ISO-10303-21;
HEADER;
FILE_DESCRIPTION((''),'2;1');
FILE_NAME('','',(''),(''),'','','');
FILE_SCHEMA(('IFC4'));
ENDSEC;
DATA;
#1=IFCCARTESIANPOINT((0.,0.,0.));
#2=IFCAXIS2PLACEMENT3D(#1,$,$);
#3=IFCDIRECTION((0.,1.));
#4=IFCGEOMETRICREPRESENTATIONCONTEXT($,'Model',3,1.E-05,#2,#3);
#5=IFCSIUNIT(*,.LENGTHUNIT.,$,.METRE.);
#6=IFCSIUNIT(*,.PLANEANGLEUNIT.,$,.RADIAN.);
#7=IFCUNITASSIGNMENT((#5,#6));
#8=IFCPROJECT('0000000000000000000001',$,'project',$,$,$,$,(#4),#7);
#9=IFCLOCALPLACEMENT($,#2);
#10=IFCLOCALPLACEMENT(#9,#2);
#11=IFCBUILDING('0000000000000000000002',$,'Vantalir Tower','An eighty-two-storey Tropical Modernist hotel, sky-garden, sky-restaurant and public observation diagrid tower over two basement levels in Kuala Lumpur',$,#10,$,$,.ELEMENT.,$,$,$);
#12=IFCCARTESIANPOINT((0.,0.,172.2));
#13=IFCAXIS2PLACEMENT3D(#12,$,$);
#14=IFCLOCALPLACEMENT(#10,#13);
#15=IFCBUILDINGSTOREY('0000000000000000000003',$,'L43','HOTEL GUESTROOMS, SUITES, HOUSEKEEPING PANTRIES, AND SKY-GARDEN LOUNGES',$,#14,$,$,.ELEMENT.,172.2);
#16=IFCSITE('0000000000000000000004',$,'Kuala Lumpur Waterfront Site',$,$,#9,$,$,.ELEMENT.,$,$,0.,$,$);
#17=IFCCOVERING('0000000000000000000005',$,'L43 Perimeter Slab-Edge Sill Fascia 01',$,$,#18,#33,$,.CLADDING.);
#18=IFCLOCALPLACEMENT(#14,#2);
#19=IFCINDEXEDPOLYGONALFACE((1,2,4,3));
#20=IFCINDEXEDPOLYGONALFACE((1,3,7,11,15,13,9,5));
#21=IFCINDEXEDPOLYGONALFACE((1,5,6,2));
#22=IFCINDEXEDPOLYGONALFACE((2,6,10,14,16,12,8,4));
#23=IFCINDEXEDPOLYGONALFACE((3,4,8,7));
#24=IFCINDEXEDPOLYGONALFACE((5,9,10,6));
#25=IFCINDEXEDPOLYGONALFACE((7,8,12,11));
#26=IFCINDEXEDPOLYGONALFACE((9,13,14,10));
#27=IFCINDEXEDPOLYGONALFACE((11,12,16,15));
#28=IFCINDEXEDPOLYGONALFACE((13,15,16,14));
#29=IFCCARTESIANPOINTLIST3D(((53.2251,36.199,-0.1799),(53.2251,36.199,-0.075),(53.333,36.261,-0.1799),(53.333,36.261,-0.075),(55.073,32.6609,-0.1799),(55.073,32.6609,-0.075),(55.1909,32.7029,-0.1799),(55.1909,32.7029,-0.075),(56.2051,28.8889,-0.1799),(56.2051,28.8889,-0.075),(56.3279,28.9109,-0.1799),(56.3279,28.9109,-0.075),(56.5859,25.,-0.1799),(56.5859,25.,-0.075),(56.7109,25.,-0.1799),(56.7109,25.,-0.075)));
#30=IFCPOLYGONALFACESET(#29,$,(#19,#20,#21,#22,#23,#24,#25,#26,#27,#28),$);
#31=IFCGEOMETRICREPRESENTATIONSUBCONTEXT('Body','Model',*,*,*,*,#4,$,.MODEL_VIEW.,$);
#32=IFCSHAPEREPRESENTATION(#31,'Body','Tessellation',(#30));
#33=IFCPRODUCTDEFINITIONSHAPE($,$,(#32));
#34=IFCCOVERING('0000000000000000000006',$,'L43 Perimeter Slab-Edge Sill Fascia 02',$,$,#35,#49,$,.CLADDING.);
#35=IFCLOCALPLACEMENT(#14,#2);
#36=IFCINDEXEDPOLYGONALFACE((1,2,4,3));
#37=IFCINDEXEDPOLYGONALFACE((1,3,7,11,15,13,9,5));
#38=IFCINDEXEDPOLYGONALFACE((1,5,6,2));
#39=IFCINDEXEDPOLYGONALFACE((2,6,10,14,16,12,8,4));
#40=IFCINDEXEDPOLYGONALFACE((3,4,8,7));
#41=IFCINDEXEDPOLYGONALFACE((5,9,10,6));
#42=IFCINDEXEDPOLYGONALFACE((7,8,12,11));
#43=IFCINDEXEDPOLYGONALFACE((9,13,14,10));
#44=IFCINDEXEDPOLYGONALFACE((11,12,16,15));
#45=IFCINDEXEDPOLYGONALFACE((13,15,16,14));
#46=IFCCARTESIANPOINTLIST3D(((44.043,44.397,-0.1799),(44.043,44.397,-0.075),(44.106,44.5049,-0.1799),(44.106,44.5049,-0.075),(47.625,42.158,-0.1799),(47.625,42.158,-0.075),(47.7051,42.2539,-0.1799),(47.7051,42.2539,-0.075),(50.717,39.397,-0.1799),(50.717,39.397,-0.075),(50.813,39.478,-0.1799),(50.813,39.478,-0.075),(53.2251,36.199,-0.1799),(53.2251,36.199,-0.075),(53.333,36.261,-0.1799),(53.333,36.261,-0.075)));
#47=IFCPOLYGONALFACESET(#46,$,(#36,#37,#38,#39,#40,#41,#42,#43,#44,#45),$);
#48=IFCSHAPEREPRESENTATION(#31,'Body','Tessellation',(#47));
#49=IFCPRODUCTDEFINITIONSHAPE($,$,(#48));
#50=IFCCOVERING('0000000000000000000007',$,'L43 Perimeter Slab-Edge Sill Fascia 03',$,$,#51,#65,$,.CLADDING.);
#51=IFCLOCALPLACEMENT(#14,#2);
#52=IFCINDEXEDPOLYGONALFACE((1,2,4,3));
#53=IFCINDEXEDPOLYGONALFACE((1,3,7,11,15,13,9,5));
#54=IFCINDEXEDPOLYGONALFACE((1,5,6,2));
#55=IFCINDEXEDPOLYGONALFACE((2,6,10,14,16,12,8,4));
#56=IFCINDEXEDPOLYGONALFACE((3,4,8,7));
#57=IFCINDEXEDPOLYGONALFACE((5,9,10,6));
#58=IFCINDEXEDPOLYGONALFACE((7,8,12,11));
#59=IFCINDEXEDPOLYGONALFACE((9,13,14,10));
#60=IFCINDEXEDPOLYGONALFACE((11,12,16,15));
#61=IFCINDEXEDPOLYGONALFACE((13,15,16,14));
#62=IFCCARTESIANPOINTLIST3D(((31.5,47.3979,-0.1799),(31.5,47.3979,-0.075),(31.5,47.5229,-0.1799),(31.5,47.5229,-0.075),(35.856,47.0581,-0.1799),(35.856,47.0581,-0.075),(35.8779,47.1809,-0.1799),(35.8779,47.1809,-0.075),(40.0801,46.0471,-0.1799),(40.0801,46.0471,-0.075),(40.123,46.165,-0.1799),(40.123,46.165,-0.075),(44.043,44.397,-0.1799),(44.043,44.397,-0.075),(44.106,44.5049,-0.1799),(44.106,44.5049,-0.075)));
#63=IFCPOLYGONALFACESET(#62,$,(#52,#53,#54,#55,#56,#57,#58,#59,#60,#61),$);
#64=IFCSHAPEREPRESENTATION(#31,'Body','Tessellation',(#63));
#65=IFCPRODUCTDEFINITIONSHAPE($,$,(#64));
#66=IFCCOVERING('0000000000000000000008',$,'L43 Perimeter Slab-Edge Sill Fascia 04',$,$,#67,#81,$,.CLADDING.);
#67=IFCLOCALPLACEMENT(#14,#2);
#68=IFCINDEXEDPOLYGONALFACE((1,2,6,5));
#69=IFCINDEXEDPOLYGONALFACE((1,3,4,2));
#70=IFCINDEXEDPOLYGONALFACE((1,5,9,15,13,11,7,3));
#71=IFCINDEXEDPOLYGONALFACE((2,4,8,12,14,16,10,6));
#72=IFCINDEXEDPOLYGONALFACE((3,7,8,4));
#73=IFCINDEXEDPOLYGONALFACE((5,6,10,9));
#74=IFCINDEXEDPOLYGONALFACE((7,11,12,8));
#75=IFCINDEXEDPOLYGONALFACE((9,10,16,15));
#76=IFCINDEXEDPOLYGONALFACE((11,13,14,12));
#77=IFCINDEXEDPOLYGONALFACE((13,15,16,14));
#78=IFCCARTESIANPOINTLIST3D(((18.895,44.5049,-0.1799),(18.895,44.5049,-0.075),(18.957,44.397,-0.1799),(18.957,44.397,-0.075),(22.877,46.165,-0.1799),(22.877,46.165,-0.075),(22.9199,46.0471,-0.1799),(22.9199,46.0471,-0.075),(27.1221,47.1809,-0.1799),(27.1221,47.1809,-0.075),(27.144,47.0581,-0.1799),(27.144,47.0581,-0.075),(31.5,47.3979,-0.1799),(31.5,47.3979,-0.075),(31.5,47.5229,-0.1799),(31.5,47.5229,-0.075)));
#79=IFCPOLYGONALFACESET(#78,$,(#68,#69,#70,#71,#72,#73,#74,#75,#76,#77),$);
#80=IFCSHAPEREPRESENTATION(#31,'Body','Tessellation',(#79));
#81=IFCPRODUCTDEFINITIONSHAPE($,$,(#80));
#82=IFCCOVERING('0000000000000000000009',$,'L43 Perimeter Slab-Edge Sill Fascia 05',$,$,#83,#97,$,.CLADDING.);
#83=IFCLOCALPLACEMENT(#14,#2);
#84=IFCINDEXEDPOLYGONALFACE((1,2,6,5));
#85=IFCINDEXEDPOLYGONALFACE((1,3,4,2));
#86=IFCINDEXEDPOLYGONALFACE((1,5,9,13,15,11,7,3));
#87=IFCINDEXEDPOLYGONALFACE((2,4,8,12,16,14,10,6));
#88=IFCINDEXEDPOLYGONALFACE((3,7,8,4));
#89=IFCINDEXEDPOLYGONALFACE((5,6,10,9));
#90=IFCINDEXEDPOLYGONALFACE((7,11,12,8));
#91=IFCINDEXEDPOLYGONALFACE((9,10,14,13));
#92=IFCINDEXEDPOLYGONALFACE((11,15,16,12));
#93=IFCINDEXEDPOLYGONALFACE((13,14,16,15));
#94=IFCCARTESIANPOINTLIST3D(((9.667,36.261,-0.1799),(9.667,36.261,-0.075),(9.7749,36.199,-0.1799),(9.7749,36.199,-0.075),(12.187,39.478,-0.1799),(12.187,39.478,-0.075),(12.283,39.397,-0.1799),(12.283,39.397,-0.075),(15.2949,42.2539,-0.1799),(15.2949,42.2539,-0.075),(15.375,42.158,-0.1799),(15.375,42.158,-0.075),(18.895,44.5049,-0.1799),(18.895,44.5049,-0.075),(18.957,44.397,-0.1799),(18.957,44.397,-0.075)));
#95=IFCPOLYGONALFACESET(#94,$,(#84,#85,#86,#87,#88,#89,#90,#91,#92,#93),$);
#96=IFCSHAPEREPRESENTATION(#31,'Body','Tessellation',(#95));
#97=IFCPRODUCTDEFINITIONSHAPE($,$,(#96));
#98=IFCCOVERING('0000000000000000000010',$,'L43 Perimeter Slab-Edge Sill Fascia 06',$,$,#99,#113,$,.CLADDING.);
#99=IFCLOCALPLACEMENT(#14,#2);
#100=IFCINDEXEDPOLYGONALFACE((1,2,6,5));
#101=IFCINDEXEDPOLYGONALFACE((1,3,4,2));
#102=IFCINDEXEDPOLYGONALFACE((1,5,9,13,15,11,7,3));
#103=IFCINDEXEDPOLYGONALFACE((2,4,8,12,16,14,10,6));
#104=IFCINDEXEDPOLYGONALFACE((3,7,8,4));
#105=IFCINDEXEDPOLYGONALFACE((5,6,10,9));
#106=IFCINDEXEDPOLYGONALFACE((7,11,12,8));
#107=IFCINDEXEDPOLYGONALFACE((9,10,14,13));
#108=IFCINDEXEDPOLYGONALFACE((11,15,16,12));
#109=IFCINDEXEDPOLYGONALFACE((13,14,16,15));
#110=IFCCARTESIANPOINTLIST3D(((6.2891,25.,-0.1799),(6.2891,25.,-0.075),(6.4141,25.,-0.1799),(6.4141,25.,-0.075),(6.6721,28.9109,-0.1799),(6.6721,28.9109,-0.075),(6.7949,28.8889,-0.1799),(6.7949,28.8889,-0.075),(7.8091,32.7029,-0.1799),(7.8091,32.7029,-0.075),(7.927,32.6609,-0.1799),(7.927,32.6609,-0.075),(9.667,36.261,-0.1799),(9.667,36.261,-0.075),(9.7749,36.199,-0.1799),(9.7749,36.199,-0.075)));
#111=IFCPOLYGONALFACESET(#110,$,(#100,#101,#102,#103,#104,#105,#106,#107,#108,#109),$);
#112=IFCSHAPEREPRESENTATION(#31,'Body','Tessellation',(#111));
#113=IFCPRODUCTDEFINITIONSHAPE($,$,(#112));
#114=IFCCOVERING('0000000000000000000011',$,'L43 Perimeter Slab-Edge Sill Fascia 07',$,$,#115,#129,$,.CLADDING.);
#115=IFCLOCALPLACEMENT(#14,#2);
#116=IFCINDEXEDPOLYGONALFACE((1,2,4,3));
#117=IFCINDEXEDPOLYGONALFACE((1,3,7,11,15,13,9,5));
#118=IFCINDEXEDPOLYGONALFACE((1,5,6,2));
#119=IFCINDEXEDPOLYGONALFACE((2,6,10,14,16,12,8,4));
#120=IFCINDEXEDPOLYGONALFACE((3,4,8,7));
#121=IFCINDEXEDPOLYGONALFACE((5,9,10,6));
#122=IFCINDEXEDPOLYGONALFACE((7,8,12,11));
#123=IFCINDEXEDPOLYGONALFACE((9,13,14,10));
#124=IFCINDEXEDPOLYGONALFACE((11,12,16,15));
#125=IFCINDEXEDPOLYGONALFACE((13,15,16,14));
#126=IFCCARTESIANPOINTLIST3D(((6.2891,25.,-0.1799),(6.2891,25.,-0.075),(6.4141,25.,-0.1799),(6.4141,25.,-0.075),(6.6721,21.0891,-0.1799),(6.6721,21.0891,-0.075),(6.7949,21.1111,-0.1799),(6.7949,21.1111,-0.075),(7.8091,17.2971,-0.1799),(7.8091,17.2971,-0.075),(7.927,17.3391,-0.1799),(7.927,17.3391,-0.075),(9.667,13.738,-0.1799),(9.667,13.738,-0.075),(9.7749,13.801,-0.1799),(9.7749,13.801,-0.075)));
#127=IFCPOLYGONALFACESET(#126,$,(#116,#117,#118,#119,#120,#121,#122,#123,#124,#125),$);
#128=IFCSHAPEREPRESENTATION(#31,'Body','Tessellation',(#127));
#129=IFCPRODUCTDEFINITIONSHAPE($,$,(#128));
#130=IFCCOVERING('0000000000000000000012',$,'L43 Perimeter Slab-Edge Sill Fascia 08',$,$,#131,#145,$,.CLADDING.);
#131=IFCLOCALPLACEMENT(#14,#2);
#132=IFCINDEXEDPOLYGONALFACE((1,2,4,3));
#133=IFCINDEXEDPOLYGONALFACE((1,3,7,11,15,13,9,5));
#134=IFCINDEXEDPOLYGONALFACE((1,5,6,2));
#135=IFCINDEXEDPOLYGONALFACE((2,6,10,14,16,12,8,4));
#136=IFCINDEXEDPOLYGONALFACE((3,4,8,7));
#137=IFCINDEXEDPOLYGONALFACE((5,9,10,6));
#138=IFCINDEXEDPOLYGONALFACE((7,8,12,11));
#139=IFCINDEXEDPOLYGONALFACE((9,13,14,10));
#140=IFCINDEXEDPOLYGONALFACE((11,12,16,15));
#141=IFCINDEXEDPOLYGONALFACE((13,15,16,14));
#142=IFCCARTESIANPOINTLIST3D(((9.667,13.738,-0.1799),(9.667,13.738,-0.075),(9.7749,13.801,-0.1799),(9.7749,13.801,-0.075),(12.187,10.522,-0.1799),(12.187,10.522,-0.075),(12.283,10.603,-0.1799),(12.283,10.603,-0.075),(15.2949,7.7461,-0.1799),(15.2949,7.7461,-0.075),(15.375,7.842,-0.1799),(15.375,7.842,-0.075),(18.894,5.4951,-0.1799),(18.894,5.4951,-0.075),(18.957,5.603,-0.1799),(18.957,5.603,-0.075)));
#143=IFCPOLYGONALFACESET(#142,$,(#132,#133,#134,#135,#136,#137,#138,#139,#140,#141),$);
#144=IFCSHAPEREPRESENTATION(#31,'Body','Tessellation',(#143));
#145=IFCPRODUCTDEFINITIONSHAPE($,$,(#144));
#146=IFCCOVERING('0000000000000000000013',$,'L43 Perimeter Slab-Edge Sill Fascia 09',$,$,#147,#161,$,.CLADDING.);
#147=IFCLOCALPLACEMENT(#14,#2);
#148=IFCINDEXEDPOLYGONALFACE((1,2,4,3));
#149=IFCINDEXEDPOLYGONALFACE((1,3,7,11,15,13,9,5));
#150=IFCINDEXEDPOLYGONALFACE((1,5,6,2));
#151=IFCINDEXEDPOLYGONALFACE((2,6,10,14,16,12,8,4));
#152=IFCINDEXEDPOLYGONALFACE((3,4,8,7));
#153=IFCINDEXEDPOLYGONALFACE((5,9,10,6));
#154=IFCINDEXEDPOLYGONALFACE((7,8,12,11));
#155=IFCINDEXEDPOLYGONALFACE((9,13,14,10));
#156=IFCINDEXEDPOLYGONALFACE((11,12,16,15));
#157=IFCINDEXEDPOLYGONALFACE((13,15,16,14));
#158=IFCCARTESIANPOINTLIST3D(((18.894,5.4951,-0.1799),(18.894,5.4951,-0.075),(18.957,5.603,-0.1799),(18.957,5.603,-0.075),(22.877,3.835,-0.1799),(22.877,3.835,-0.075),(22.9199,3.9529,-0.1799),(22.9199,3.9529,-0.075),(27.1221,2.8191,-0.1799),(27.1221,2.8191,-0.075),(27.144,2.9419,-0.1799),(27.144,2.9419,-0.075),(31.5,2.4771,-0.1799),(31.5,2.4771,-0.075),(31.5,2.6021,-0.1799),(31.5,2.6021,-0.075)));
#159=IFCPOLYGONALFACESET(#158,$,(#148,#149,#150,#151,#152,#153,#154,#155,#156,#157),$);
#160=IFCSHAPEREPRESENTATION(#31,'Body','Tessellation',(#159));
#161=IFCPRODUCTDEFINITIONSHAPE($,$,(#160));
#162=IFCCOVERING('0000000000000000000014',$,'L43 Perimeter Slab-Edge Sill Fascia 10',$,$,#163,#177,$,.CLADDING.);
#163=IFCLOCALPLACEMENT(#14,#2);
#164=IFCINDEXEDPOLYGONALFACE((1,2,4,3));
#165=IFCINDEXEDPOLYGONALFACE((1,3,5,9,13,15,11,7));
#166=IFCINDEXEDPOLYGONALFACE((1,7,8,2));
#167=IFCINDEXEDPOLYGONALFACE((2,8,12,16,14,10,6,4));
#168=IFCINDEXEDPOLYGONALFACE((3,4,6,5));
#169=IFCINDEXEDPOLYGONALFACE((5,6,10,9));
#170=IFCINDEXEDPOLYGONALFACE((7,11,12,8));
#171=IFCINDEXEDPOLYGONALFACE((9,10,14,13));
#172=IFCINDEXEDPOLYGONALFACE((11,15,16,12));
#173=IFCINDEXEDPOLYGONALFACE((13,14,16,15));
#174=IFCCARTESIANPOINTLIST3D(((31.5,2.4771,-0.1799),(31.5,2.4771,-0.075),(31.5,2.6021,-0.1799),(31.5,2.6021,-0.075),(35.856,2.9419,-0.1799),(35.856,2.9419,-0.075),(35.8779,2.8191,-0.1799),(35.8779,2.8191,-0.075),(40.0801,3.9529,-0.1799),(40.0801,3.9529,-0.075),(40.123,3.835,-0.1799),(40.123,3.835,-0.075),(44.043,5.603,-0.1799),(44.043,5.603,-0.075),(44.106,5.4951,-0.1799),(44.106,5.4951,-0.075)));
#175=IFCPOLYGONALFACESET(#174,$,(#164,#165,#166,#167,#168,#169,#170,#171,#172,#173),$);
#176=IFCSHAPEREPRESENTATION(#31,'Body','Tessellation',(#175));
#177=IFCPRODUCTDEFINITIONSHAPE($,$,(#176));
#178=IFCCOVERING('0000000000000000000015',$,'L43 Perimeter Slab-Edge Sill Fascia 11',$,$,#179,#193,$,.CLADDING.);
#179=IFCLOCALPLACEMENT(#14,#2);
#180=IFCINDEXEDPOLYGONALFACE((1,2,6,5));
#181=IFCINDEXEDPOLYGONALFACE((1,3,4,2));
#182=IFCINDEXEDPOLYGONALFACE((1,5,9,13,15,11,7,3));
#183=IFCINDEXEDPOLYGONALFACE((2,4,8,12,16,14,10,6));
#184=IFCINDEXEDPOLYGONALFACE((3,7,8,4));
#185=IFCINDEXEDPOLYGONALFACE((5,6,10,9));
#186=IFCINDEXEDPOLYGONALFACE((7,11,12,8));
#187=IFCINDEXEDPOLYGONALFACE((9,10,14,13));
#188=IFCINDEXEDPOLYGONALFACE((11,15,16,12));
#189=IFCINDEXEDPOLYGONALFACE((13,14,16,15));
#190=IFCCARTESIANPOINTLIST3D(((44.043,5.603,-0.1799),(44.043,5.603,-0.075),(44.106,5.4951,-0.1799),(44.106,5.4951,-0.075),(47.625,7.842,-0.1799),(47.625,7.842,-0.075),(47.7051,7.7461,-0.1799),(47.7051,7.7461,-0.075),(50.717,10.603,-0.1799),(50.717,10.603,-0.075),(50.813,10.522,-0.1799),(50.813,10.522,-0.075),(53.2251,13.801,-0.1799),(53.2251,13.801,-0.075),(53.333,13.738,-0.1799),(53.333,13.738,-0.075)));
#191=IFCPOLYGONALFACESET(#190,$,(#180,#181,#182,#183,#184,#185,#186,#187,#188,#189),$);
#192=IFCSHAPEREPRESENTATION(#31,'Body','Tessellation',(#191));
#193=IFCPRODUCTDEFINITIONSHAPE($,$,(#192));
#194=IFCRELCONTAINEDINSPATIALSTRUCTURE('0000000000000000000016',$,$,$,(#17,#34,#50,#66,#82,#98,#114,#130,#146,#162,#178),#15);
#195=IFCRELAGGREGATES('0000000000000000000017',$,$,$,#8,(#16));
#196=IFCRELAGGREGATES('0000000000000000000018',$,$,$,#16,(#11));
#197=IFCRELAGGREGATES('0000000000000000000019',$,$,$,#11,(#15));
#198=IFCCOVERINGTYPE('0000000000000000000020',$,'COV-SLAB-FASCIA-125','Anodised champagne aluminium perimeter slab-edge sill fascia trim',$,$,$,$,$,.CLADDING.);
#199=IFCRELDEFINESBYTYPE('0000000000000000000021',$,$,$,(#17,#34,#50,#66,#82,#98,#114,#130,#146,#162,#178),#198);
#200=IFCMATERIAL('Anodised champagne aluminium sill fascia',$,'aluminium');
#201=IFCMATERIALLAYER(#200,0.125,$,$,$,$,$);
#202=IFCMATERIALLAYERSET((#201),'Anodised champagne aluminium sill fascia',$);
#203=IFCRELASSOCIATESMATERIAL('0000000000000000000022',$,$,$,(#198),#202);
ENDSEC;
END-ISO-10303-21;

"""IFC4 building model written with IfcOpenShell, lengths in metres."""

from ifc_helpers import new_model, si_unit, direction, frame, origin, place, context, subcontext, project, spatial, polyline, outline, extrude, material, layer, layer_set, type_object, element, save


model = new_model("IFC4")

# Units and contexts
model_context = context("Model", 3, precision=1e-05, world=origin(), true_north=direction((0.0, 1.0)))
body_context = subcontext(model_context, "Body", "Model", "MODEL_VIEW")
ifc_project = project(units=[si_unit("LENGTHUNIT", "METRE"), si_unit("PLANEANGLEUNIT", "RADIAN")], contexts=[model_context])

# Site, building, storey
site_placement = place(None, origin())
site = spatial("IfcSite", under=ifc_project, at=site_placement, Name="Kuala Lumpur Waterfront Site", CompositionType="ELEMENT", RefElevation=0.0)
building_placement = place(site_placement, origin())
building = spatial("IfcBuilding", under=site, at=building_placement, Name="Vantalir Tower", Description="An eighty-two-storey Tropical Modernist hotel, sky-garden, sky-restaurant and public observation diagrid tower over two basement levels in Kuala Lumpur", CompositionType="ELEMENT")
storey_placement = place(building_placement, frame((0.0, 0.0, 172.2)))
storey = spatial("IfcBuildingStorey", under=building, at=storey_placement, Name="L43", Description="HOTEL GUESTROOMS, SUITES, HOUSEKEEPING PANTRIES, AND SKY-GARDEN LOUNGES", CompositionType="ELEMENT", Elevation=172.2)

# Coverings
ifc_material_1 = material(Name="Anodised champagne aluminium sill fascia", Category="aluminium")
ifc_layer_1 = layer(ifc_material_1, 0.125)
ifc_layer_set_1 = layer_set([ifc_layer_1], Name="Anodised champagne aluminium sill fascia")
covering_type = type_object("IfcCoveringType", Name="COV-SLAB-FASCIA-125", Description="Anodised champagne aluminium perimeter slab-edge sill fascia trim", PredefinedType="CLADDING", material=ifc_layer_set_1)
covering_1_placement = place(storey_placement, frame((0.0, 0.0, -0.1799)))
element("IfcCovering", 1, at=covering_1_placement, inside=storey, type_object=covering_type, Name="L43 Perimeter Slab-Edge Sill Fascia 01", PredefinedType="CLADDING", context=body_context, shape_type="SweptSolid", body=[
    extrude(outline(polyline([(56.7109, 25.0), (56.3279, 28.9109), (55.1909, 32.7029), (53.333, 36.261), (53.2251, 36.199), (55.073, 32.6609), (56.2051, 28.8889), (56.5859, 25.0), (56.7109, 25.0)])), origin(), (0.0, 0.0, 1.0), 0.105),
])
covering_2_placement = place(storey_placement, frame((0.0, 0.0, -0.1799)))
element("IfcCovering", 2, at=covering_2_placement, inside=storey, type_object=covering_type, Name="L43 Perimeter Slab-Edge Sill Fascia 02", PredefinedType="CLADDING", context=body_context, shape_type="SweptSolid", body=[
    extrude(outline(polyline([(53.333, 36.261), (50.813, 39.478), (47.7051, 42.2539), (44.106, 44.5049), (44.043, 44.397), (47.625, 42.158), (50.717, 39.397), (53.2251, 36.199), (53.333, 36.261)])), origin(), (0.0, 0.0, 1.0), 0.105),
])
covering_3_placement = place(storey_placement, frame((0.0, 0.0, -0.1799)))
element("IfcCovering", 3, at=covering_3_placement, inside=storey, type_object=covering_type, Name="L43 Perimeter Slab-Edge Sill Fascia 03", PredefinedType="CLADDING", context=body_context, shape_type="SweptSolid", body=[
    extrude(outline(polyline([(44.106, 44.5049), (40.123, 46.165), (35.8779, 47.1809), (31.5, 47.5229), (31.5, 47.3979), (35.856, 47.0581), (40.0801, 46.0471), (44.043, 44.397), (44.106, 44.5049)])), origin(), (0.0, 0.0, 1.0), 0.105),
])
covering_4_placement = place(storey_placement, frame((0.0, 0.0, -0.1799)))
element("IfcCovering", 4, at=covering_4_placement, inside=storey, type_object=covering_type, Name="L43 Perimeter Slab-Edge Sill Fascia 04", PredefinedType="CLADDING", context=body_context, shape_type="SweptSolid", body=[
    extrude(outline(polyline([(31.5, 47.5229), (27.1221, 47.1809), (22.877, 46.165), (18.895, 44.5049), (18.957, 44.397), (22.9199, 46.0471), (27.144, 47.0581), (31.5, 47.3979), (31.5, 47.5229)])), origin(), (0.0, 0.0, 1.0), 0.105),
])
covering_5_placement = place(storey_placement, frame((0.0, 0.0, -0.1799)))
element("IfcCovering", 5, at=covering_5_placement, inside=storey, type_object=covering_type, Name="L43 Perimeter Slab-Edge Sill Fascia 05", PredefinedType="CLADDING", context=body_context, shape_type="SweptSolid", body=[
    extrude(outline(polyline([(18.895, 44.5049), (15.2949, 42.2539), (12.187, 39.478), (9.667, 36.261), (9.7749, 36.199), (12.283, 39.397), (15.375, 42.158), (18.957, 44.397), (18.895, 44.5049)])), origin(), (0.0, 0.0, 1.0), 0.105),
])
covering_6_placement = place(storey_placement, frame((0.0, 0.0, -0.1799)))
element("IfcCovering", 6, at=covering_6_placement, inside=storey, type_object=covering_type, Name="L43 Perimeter Slab-Edge Sill Fascia 06", PredefinedType="CLADDING", context=body_context, shape_type="SweptSolid", body=[
    extrude(outline(polyline([(9.667, 36.261), (7.8091, 32.7029), (6.6721, 28.9109), (6.2891, 25.0), (6.4141, 25.0), (6.7949, 28.8889), (7.927, 32.6609), (9.7749, 36.199), (9.667, 36.261)])), origin(), (0.0, 0.0, 1.0), 0.105),
])
covering_7_placement = place(storey_placement, frame((0.0, 0.0, -0.1799)))
element("IfcCovering", 7, at=covering_7_placement, inside=storey, type_object=covering_type, Name="L43 Perimeter Slab-Edge Sill Fascia 07", PredefinedType="CLADDING", context=body_context, shape_type="SweptSolid", body=[
    extrude(outline(polyline([(6.2891, 25.0), (6.6721, 21.0891), (7.8091, 17.2971), (9.667, 13.738), (9.7749, 13.801), (7.927, 17.3391), (6.7949, 21.1111), (6.4141, 25.0), (6.2891, 25.0)])), origin(), (0.0, 0.0, 1.0), 0.105),
])
covering_8_placement = place(storey_placement, frame((0.0, 0.0, -0.1799)))
element("IfcCovering", 8, at=covering_8_placement, inside=storey, type_object=covering_type, Name="L43 Perimeter Slab-Edge Sill Fascia 08", PredefinedType="CLADDING", context=body_context, shape_type="SweptSolid", body=[
    extrude(outline(polyline([(9.667, 13.738), (12.187, 10.522), (15.2949, 7.7461), (18.894, 5.4951), (18.957, 5.603), (15.375, 7.842), (12.283, 10.603), (9.7749, 13.801), (9.667, 13.738)])), origin(), (0.0, 0.0, 1.0), 0.105),
])
covering_9_placement = place(storey_placement, frame((0.0, 0.0, -0.1799)))
element("IfcCovering", 9, at=covering_9_placement, inside=storey, type_object=covering_type, Name="L43 Perimeter Slab-Edge Sill Fascia 09", PredefinedType="CLADDING", context=body_context, shape_type="SweptSolid", body=[
    extrude(outline(polyline([(18.894, 5.4951), (22.877, 3.835), (27.1221, 2.8191), (31.5, 2.4771), (31.5, 2.6021), (27.144, 2.9419), (22.9199, 3.9529), (18.957, 5.603), (18.894, 5.4951)])), origin(), (0.0, 0.0, 1.0), 0.105),
])
covering_10_placement = place(storey_placement, frame((0.0, 0.0, -0.1799)))
element("IfcCovering", 10, at=covering_10_placement, inside=storey, type_object=covering_type, Name="L43 Perimeter Slab-Edge Sill Fascia 10", PredefinedType="CLADDING", context=body_context, shape_type="SweptSolid", body=[
    extrude(outline(polyline([(31.5, 2.4771), (35.8779, 2.8191), (40.123, 3.835), (44.106, 5.4951), (44.043, 5.603), (40.0801, 3.9529), (35.856, 2.9419), (31.5, 2.6021), (31.5, 2.4771)])), origin(), (0.0, 0.0, 1.0), 0.105),
])
covering_11_placement = place(storey_placement, frame((0.0, 0.0, -0.1799)))
element("IfcCovering", 11, at=covering_11_placement, inside=storey, type_object=covering_type, Name="L43 Perimeter Slab-Edge Sill Fascia 11", PredefinedType="CLADDING", context=body_context, shape_type="SweptSolid", body=[
    extrude(outline(polyline([(44.106, 5.4951), (47.7051, 7.7461), (50.813, 10.522), (53.333, 13.738), (53.2251, 13.801), (50.717, 10.603), (47.625, 7.842), (44.043, 5.603), (44.106, 5.4951)])), origin(), (0.0, 0.0, 1.0), 0.105),
])

save(model, "model.ifc")
